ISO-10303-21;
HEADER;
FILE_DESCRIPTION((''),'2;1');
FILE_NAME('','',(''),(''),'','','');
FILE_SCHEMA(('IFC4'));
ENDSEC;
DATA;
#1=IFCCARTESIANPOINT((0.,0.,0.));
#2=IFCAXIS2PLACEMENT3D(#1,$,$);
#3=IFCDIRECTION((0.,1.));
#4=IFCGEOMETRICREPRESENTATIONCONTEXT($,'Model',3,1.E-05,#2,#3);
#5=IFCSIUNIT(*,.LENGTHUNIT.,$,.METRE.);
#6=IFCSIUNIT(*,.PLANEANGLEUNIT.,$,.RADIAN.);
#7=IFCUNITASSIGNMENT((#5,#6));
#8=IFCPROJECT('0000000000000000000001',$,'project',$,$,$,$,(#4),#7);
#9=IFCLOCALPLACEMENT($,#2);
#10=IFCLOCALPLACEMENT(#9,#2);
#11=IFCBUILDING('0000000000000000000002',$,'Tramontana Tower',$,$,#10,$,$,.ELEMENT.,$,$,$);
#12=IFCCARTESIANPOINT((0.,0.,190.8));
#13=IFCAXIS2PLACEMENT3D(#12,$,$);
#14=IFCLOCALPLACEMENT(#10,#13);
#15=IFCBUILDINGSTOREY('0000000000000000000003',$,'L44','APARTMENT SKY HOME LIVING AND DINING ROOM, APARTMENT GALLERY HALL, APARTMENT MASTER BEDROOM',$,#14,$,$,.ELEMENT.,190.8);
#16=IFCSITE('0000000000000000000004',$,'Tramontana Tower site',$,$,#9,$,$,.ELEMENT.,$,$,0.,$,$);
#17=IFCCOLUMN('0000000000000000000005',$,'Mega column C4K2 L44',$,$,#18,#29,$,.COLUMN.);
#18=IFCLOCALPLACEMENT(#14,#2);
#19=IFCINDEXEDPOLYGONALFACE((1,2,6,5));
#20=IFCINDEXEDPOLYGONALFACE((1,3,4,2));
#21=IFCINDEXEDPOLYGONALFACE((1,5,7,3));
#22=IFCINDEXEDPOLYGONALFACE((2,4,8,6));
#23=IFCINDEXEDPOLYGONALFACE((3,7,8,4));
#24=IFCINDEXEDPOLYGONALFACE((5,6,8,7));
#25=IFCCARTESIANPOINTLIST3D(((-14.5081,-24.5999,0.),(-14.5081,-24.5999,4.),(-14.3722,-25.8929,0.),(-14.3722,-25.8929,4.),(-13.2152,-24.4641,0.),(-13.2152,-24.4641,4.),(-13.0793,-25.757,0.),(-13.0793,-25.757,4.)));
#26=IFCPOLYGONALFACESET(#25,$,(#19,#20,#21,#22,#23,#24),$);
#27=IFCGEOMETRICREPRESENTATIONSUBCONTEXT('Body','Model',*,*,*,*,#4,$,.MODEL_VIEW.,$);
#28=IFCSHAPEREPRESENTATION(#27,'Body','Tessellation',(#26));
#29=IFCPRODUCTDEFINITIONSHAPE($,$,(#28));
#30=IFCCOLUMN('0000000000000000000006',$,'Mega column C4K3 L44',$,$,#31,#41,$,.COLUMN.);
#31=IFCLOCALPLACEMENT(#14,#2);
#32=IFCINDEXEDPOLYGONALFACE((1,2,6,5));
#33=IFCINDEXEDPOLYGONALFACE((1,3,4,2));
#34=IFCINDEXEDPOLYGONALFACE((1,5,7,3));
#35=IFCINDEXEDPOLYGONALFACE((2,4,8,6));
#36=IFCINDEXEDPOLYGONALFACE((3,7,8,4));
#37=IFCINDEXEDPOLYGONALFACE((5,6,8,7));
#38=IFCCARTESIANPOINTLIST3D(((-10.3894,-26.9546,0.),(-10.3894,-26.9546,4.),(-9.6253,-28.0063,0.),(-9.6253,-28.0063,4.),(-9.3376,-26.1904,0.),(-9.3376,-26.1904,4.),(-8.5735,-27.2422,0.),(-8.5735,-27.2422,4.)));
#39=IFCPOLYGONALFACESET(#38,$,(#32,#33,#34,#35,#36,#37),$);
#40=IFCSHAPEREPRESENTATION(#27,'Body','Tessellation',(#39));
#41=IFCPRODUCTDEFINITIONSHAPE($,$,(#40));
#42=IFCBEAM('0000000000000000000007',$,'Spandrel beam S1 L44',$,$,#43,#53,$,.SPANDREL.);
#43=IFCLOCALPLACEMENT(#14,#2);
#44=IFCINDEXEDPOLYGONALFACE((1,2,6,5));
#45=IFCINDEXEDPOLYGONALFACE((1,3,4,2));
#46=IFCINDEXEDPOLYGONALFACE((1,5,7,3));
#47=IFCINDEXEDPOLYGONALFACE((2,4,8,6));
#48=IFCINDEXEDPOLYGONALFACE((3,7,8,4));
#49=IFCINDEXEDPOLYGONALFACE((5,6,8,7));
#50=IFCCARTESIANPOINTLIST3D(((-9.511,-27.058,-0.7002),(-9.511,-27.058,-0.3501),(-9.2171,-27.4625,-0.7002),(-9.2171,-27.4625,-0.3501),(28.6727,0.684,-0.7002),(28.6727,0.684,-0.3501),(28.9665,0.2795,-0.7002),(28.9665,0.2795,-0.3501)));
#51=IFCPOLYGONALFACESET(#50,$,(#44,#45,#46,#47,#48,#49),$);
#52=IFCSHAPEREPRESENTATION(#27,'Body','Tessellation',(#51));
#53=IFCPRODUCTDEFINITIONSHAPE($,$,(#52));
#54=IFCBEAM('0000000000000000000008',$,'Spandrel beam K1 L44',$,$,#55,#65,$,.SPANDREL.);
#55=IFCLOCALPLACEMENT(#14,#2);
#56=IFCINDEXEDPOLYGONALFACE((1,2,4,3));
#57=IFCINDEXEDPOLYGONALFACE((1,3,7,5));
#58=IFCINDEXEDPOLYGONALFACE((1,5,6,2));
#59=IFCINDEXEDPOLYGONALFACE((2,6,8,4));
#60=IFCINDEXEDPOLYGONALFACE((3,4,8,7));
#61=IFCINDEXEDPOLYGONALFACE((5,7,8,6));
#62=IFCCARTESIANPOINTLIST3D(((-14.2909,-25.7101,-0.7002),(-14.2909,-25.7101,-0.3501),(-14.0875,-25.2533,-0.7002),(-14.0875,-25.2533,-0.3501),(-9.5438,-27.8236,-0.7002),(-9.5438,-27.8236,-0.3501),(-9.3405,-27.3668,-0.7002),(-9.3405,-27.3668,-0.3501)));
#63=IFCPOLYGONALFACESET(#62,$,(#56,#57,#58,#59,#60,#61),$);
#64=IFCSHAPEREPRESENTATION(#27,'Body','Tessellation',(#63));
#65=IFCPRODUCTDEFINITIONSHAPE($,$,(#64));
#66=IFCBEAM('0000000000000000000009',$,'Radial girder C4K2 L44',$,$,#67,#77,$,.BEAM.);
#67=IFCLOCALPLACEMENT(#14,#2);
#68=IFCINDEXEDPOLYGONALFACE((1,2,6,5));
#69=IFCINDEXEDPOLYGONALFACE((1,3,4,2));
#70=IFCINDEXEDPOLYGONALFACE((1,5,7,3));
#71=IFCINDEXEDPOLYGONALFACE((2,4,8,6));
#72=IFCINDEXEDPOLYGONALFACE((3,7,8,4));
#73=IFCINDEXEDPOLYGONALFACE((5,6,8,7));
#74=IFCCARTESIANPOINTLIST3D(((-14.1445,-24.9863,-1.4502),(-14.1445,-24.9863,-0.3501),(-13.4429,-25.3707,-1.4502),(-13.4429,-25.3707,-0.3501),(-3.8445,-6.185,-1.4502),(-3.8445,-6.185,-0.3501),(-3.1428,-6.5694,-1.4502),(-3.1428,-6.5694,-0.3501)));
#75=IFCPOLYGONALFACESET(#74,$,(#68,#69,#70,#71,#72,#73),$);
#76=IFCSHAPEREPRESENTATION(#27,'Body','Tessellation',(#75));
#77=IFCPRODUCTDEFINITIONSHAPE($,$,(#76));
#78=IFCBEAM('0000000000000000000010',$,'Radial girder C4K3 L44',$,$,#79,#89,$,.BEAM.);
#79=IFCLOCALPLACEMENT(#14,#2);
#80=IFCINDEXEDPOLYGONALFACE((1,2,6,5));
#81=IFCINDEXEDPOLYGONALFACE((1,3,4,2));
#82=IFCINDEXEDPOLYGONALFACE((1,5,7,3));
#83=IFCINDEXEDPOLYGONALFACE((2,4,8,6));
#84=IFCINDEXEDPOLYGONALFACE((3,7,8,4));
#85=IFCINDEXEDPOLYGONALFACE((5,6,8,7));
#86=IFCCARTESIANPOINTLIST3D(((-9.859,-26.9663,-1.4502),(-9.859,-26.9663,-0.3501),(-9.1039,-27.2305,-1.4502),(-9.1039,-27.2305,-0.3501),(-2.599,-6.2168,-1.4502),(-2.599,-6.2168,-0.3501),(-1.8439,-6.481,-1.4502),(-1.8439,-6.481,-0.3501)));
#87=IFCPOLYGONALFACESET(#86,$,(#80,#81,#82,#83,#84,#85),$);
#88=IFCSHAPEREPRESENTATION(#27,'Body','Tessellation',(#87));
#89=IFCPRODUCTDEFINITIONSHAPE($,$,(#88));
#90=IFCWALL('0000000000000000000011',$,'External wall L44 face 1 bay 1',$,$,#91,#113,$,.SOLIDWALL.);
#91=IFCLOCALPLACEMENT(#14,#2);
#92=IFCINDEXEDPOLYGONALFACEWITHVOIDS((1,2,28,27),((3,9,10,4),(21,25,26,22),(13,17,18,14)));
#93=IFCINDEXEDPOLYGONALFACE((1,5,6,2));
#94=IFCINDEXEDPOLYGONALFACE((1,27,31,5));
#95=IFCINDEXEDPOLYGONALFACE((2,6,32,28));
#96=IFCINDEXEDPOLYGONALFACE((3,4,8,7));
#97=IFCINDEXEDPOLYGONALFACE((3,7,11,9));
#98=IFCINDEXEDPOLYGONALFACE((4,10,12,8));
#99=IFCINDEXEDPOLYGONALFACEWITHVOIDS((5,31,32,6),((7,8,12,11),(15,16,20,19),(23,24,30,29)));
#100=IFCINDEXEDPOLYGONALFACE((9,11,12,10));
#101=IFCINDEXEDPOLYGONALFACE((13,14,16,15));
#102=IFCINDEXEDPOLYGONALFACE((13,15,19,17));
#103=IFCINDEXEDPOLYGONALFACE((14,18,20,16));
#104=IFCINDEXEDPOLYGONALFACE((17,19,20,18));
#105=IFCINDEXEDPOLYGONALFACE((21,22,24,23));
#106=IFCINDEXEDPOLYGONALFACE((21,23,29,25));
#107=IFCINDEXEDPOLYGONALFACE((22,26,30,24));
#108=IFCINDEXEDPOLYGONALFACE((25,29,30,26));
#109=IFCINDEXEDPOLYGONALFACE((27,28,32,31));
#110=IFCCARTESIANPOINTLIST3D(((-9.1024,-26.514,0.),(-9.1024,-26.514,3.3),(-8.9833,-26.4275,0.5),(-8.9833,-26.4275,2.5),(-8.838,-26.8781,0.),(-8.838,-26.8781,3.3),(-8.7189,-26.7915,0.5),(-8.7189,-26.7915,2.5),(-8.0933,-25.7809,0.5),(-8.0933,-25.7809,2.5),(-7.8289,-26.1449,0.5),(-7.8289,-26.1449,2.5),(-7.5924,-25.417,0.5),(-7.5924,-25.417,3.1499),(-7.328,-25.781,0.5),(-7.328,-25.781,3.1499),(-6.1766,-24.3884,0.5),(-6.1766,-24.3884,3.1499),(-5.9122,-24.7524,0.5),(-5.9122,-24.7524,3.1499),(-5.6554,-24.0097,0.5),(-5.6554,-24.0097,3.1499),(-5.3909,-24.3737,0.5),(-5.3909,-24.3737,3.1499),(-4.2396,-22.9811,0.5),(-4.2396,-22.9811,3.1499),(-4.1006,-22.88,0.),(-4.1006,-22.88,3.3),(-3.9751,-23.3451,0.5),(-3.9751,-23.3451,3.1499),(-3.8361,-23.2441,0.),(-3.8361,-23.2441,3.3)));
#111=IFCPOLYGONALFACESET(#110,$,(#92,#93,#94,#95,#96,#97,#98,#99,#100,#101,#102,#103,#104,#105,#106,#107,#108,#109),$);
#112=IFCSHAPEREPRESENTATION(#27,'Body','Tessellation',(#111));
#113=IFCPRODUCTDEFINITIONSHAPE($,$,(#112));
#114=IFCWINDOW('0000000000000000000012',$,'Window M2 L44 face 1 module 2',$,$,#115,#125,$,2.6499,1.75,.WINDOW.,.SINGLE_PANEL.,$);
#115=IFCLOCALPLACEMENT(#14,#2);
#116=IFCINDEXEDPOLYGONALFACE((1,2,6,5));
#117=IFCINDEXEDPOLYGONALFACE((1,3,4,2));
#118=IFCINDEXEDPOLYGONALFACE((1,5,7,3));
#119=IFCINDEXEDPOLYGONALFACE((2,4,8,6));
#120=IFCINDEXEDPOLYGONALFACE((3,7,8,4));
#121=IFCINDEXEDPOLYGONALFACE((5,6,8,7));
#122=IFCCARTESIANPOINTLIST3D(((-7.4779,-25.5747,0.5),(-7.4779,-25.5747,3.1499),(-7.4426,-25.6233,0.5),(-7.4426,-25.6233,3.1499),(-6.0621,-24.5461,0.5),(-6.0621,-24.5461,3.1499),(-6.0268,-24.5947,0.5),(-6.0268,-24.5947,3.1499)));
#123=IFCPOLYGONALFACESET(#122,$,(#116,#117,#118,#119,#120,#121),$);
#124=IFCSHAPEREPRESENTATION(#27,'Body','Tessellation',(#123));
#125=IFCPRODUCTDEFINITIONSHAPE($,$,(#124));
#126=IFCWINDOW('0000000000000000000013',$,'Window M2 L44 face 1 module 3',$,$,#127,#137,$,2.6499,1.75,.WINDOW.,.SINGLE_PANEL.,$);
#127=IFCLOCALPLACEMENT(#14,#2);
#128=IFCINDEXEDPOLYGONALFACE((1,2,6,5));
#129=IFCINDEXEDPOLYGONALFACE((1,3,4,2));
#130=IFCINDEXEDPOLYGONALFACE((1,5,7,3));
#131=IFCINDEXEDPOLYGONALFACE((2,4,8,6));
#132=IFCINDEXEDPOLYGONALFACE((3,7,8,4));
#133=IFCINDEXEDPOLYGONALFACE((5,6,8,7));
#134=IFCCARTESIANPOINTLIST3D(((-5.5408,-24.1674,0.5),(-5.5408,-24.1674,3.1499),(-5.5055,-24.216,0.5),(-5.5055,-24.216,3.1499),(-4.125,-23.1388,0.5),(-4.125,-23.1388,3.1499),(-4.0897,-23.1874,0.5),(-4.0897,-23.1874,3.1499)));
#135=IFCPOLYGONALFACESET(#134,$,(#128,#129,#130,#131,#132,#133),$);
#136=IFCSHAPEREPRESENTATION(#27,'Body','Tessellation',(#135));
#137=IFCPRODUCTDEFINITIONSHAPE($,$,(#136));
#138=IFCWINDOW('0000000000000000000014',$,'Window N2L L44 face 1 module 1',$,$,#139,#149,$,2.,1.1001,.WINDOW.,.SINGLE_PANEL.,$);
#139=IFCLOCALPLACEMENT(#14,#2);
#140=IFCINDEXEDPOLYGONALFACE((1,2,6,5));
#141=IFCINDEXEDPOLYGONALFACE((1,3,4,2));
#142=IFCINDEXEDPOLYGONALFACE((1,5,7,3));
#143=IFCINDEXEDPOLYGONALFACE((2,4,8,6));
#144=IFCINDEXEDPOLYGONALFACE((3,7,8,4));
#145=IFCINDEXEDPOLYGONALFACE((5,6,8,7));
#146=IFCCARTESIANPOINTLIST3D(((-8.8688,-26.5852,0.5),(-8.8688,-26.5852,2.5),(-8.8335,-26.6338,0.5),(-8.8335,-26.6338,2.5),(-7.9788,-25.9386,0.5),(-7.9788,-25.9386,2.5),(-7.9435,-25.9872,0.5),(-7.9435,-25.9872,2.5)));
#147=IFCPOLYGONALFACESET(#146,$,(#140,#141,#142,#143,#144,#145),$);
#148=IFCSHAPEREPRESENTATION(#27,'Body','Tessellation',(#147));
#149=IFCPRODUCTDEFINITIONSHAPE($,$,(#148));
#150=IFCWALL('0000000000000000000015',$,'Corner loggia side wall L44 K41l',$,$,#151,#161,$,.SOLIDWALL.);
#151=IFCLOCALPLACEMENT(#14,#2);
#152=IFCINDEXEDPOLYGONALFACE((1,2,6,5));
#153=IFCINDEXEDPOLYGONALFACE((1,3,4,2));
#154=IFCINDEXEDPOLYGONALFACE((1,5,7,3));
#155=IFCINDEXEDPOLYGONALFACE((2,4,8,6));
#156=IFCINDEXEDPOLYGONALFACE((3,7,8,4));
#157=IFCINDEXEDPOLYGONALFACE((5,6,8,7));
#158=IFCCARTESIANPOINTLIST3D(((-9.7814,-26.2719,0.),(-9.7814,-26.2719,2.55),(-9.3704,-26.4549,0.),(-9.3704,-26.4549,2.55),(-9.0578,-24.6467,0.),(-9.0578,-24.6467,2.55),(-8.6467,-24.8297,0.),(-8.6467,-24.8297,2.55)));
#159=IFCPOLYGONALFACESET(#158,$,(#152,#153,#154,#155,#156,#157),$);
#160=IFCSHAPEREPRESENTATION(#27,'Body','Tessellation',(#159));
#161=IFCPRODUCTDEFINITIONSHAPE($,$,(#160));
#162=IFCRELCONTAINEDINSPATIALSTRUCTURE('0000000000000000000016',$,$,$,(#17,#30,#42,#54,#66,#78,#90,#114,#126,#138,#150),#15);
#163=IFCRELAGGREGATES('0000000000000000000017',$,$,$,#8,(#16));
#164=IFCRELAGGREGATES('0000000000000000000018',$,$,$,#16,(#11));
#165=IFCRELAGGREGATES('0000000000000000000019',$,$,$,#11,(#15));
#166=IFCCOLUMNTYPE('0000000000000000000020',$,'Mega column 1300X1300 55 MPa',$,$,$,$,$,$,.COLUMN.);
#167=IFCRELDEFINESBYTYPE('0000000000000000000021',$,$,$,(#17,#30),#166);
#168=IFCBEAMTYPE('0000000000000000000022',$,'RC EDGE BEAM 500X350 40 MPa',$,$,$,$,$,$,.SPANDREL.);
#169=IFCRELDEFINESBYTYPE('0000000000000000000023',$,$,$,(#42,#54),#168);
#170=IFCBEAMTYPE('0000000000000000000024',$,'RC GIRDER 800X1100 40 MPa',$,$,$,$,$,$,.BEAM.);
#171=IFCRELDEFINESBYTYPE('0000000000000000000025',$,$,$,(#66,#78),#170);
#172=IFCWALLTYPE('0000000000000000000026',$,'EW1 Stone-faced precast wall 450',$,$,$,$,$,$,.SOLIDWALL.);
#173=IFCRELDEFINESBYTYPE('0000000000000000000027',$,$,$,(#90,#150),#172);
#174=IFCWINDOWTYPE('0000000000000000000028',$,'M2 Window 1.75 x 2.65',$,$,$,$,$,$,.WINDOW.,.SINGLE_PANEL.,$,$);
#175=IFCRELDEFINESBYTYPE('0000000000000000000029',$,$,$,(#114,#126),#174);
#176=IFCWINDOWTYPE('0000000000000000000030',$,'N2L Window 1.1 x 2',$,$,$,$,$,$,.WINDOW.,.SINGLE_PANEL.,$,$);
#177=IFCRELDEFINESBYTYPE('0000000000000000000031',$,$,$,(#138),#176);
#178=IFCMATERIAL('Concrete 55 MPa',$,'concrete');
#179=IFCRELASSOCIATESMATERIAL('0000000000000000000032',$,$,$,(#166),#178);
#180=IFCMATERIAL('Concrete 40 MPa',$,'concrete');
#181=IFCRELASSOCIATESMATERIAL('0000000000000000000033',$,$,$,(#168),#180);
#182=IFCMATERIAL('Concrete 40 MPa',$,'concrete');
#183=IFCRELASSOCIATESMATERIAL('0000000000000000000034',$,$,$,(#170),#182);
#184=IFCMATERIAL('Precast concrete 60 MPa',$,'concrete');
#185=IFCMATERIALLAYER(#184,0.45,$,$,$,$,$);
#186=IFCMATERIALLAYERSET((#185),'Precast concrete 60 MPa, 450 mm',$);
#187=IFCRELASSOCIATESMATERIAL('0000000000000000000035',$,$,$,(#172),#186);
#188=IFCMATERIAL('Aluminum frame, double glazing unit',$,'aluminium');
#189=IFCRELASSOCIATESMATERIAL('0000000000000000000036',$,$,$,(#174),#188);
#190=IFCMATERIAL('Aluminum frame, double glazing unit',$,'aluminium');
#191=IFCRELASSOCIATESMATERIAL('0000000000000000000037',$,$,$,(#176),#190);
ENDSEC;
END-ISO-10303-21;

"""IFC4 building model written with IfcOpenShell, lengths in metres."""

from ifc_helpers import new_model, si_unit, direction, frame, frame_2d, origin, origin_2d, place, context, subcontext, project, spatial, rectangle, extrude, material, layer, layer_set, material_profile, profile_set, type_object, element, fill, save


model = new_model("IFC4")

# Units and contexts
model_context = context("Model", 3, precision=1e-05, world=origin(), true_north=direction((0.0, 1.0)))
body_context = subcontext(model_context, "Body", "Model", "MODEL_VIEW")
ifc_project = project(units=[si_unit("LENGTHUNIT", "METRE"), si_unit("PLANEANGLEUNIT", "RADIAN")], contexts=[model_context])

# Site, building, storey
site_placement = place(None, origin())
site = spatial("IfcSite", under=ifc_project, at=site_placement, Name="Tramontana Tower site", CompositionType="ELEMENT", RefElevation=0.0)
building_placement = place(site_placement, origin())
building = spatial("IfcBuilding", under=site, at=building_placement, Name="Tramontana Tower", CompositionType="ELEMENT")
storey_placement = place(building_placement, frame((0.0, 0.0, 190.8)))
storey = spatial("IfcBuildingStorey", under=building, at=storey_placement, Name="L44", Description="APARTMENT SKY HOME LIVING AND DINING ROOM, APARTMENT GALLERY HALL, APARTMENT MASTER BEDROOM", CompositionType="ELEMENT", Elevation=190.8)

# Columns
ifc_material_1 = material(Name="Concrete 55 MPa", Category="concrete")
ifc_material_profile_1 = material_profile(ifc_material_1, rectangle(XDim=1.3, YDim=1.3, at=origin_2d()), Name="Mega column 1300X1300 55 MPa")
ifc_profile_set_1 = profile_set([ifc_material_profile_1], Name="Concrete 55 MPa")
column_type = type_object("IfcColumnType", Name="Mega column 1300X1300 55 MPa", PredefinedType="COLUMN", material=ifc_profile_set_1)
for number, where, z_axis, x_axis, name in (
    (1, (-13.7937, -25.1785, 0.0), (0.0, 0.0, 1.0), (0.104528, -0.994522, 0.0), "Mega column C4K2 L44"),
    (2, (-9.4814, -27.0984, 0.0), (0.0, 0.0, 1.0), (0.809017, 0.587785, 0.0), "Mega column C4K3 L44"),
):
    element("IfcColumn", number, at=place(storey_placement, frame(where, z_axis=z_axis, x_axis=x_axis)), inside=storey, type_object=column_type, Name=name, PredefinedType="COLUMN", context=body_context, shape_type="SweptSolid", body=[
        extrude(rectangle(XDim=1.3, YDim=1.3, at=origin_2d()), origin(), (0.0, 0.0, 1.0), 4.0),
    ])

# Beams
ifc_material_2 = material(Name="Concrete 40 MPa", Category="concrete")
ifc_material_profile_2 = material_profile(ifc_material_2, rectangle(XDim=0.5, YDim=0.3501, at=origin_2d()), Name="RC EDGE BEAM 500X350 40 MPa")
ifc_profile_set_2 = profile_set([ifc_material_profile_2], Name="Concrete 40 MPa")
beam_type_1 = type_object("IfcBeamType", Name="RC EDGE BEAM 500X350 40 MPa", PredefinedType="SPANDREL", material=ifc_profile_set_2)
beam_1_placement = place(storey_placement, frame((-9.364, -27.2603, -0.5251), z_axis=(0.809018, 0.587784, 0.0), x_axis=(-0.587784, 0.809018, 0.0)))
element("IfcBeam", 3, at=beam_1_placement, inside=storey, type_object=beam_type_1, Name="Spandrel beam S1 L44", PredefinedType="SPANDREL", context=body_context, shape_type="SweptSolid", body=[
    extrude(rectangle(XDim=0.5, YDim=0.3501, at=origin_2d()), origin(), (0.0, 0.0, 1.0), 47.1975),
])
beam_2_placement = place(storey_placement, frame((-14.1892, -25.4817, -0.5251), z_axis=(0.913546, -0.406736, 0.0), x_axis=(0.406736, 0.913546, 0.0)))
element("IfcBeam", 4, at=beam_2_placement, inside=storey, type_object=beam_type_1, Name="Spandrel beam K1 L44", PredefinedType="SPANDREL", context=body_context, shape_type="SweptSolid", body=[
    extrude(rectangle(XDim=0.5, YDim=0.3501, at=origin_2d()), origin(), (0.0, 0.0, 1.0), 5.1963),
])
ifc_material_3 = material(Name="Concrete 40 MPa", Category="concrete")
ifc_material_profile_3 = material_profile(ifc_material_3, rectangle(XDim=0.8, YDim=1.1001, at=origin_2d()), Name="RC GIRDER 800X1100 40 MPa")
ifc_profile_set_3 = profile_set([ifc_material_profile_3], Name="Concrete 40 MPa")
beam_type_2 = type_object("IfcBeamType", Name="RC GIRDER 800X1100 40 MPa", PredefinedType="BEAM", material=ifc_profile_set_3)
beam_3_placement = place(storey_placement, frame((-13.7937, -25.1785, -0.9001), z_axis=(0.480462, 0.877015, 0.0), x_axis=(-0.877015, 0.480462, 0.0)))
element("IfcBeam", 5, at=beam_3_placement, inside=storey, type_object=beam_type_2, Name="Radial girder C4K2 L44", PredefinedType="BEAM", context=body_context, shape_type="SweptSolid", body=[
    extrude(rectangle(XDim=0.8, YDim=1.1001, at=origin_2d()), origin(), (0.0, 0.0, 1.0), 21.4377),
])
beam_4_placement = place(storey_placement, frame((-9.4814, -27.0984, -0.9001), z_axis=(0.330256, 0.943891, 0.0), x_axis=(-0.943891, 0.330256, 0.0)))
element("IfcBeam", 6, at=beam_4_placement, inside=storey, type_object=beam_type_2, Name="Radial girder C4K3 L44", PredefinedType="BEAM", context=body_context, shape_type="SweptSolid", body=[
    extrude(rectangle(XDim=0.8, YDim=1.1001, at=origin_2d()), origin(), (0.0, 0.0, 1.0), 21.9829),
])

# Wall, openings, windows
ifc_material_4 = material(Name="Precast concrete 60 MPa", Category="concrete")
ifc_layer_1 = layer(ifc_material_4, 0.45)
ifc_layer_set_1 = layer_set([ifc_layer_1], Name="Precast concrete 60 MPa, 450 mm")
wall_type = type_object("IfcWallType", Name="EW1 Stone-faced precast wall 450", PredefinedType="SOLIDWALL", material=ifc_layer_set_1)
wall_1_placement = place(storey_placement, frame((-8.9702, -26.696, 0.0), z_axis=(0.0, 0.0, 1.0), x_axis=(0.809025, 0.587775, 0.0)))
wall_1 = element("IfcWall", 7, at=wall_1_placement, inside=storey, type_object=wall_type, Name="External wall L44 face 1 bay 1", PredefinedType="SOLIDWALL", context=body_context, shape_type="SweptSolid", body=[
    extrude(rectangle(XDim=6.1826, YDim=0.45, at=frame_2d((3.0913, 0.0))), origin(), (0.0, 0.0, 1.0), 3.3),
])
opening_1_placement = place(wall_1_placement, frame((0.1472, 0.0, 0.5)))
opening_1 = element("IfcOpeningElement", 8, at=opening_1_placement, cuts=wall_1, PredefinedType="OPENING", context=body_context, shape_type="SweptSolid", body=[
    extrude(rectangle(XDim=1.1001, YDim=2.0, at=frame_2d((0.55, 1.0))), frame((0.0, 0.2349, 0.0), z_axis=(0.0, -1.0, 0.0), x_axis=(1.0, 0.0, 0.0)), (0.0, 0.0, 1.0), 0.47),
])
opening_2_placement = place(wall_1_placement, frame((1.8665, 0.0, 0.5)))
opening_2 = element("IfcOpeningElement", 9, at=opening_2_placement, cuts=wall_1, PredefinedType="OPENING", context=body_context, shape_type="SweptSolid", body=[
    extrude(rectangle(XDim=1.75, YDim=2.6499, at=frame_2d((0.875, 1.325))), frame((0.0, 0.2349, 0.0), z_axis=(0.0, -1.0, 0.0), x_axis=(1.0, 0.0, 0.0)), (0.0, 0.0, 1.0), 0.47),
])
opening_3_placement = place(wall_1_placement, frame((4.2607, 0.0, 0.5)))
opening_3 = element("IfcOpeningElement", 10, at=opening_3_placement, cuts=wall_1, PredefinedType="OPENING", context=body_context, shape_type="SweptSolid", body=[
    extrude(rectangle(XDim=1.75, YDim=2.6499, at=frame_2d((0.875, 1.325))), frame((0.0, 0.2349, 0.0), z_axis=(0.0, -1.0, 0.0), x_axis=(1.0, 0.0, 0.0)), (0.0, 0.0, 1.0), 0.47),
])
ifc_material_5 = material(Name="Aluminum frame, double glazing unit", Category="aluminium")
window_type_1 = type_object("IfcWindowType", Name="M2 Window 1.75 x 2.65", PartitioningType="SINGLE_PANEL", PredefinedType="WINDOW", material=ifc_material_5)
window_1_placement = place(opening_2_placement, origin())
window_1 = element("IfcWindow", 11, at=window_1_placement, inside=storey, type_object=window_type_1, Name="Window M2 L44 face 1 module 2", OverallHeight=2.6499, OverallWidth=1.75, PartitioningType="SINGLE_PANEL", PredefinedType="WINDOW", context=body_context, shape_type="SweptSolid", body=[
    extrude(rectangle(XDim=1.75, YDim=2.6499, at=frame_2d((0.875, 1.325))), frame((0.0, 0.03, 0.0), z_axis=(0.0, -1.0, 0.0), x_axis=(1.0, 0.0, 0.0)), (0.0, 0.0, 1.0), 0.0601),
])
fill(opening_2, window_1)
window_2_placement = place(opening_3_placement, origin())
window_2 = element("IfcWindow", 12, at=window_2_placement, inside=storey, type_object=window_type_1, Name="Window M2 L44 face 1 module 3", OverallHeight=2.6499, OverallWidth=1.75, PartitioningType="SINGLE_PANEL", PredefinedType="WINDOW", context=body_context, shape_type="SweptSolid", body=[
    extrude(rectangle(XDim=1.75, YDim=2.6499, at=frame_2d((0.875, 1.325))), frame((0.0, 0.03, 0.0), z_axis=(0.0, -1.0, 0.0), x_axis=(1.0, 0.0, 0.0)), (0.0, 0.0, 1.0), 0.0601),
])
fill(opening_3, window_2)
ifc_material_6 = material(Name="Aluminum frame, double glazing unit", Category="aluminium")
window_type_2 = type_object("IfcWindowType", Name="N2L Window 1.1 x 2", PartitioningType="SINGLE_PANEL", PredefinedType="WINDOW", material=ifc_material_6)
window_3_placement = place(opening_1_placement, origin())
window_3 = element("IfcWindow", 13, at=window_3_placement, inside=storey, type_object=window_type_2, Name="Window N2L L44 face 1 module 1", OverallHeight=2.0, OverallWidth=1.1001, PartitioningType="SINGLE_PANEL", PredefinedType="WINDOW", context=body_context, shape_type="SweptSolid", body=[
    extrude(rectangle(XDim=1.1001, YDim=2.0, at=frame_2d((0.55, 1.0))), frame((0.0, 0.03, 0.0), z_axis=(0.0, -1.0, 0.0), x_axis=(1.0, 0.0, 0.0)), (0.0, 0.0, 1.0), 0.0601),
])
fill(opening_1, window_3)

# Wall
wall_2_placement = place(storey_placement, frame((-9.5759, -26.3635, 0.0), z_axis=(0.0, 0.0, 1.0), x_axis=(0.40675, 0.91354, 0.0)))
element("IfcWall", 14, at=wall_2_placement, inside=storey, type_object=wall_type, Name="Corner loggia side wall L44 K41l", PredefinedType="SOLIDWALL", context=body_context, shape_type="SweptSolid", body=[
    extrude(rectangle(XDim=1.7791, YDim=0.45, at=frame_2d((0.8896, 0.0))), origin(), (0.0, 0.0, 1.0), 2.55),
])

save(model, "model.ifc")
